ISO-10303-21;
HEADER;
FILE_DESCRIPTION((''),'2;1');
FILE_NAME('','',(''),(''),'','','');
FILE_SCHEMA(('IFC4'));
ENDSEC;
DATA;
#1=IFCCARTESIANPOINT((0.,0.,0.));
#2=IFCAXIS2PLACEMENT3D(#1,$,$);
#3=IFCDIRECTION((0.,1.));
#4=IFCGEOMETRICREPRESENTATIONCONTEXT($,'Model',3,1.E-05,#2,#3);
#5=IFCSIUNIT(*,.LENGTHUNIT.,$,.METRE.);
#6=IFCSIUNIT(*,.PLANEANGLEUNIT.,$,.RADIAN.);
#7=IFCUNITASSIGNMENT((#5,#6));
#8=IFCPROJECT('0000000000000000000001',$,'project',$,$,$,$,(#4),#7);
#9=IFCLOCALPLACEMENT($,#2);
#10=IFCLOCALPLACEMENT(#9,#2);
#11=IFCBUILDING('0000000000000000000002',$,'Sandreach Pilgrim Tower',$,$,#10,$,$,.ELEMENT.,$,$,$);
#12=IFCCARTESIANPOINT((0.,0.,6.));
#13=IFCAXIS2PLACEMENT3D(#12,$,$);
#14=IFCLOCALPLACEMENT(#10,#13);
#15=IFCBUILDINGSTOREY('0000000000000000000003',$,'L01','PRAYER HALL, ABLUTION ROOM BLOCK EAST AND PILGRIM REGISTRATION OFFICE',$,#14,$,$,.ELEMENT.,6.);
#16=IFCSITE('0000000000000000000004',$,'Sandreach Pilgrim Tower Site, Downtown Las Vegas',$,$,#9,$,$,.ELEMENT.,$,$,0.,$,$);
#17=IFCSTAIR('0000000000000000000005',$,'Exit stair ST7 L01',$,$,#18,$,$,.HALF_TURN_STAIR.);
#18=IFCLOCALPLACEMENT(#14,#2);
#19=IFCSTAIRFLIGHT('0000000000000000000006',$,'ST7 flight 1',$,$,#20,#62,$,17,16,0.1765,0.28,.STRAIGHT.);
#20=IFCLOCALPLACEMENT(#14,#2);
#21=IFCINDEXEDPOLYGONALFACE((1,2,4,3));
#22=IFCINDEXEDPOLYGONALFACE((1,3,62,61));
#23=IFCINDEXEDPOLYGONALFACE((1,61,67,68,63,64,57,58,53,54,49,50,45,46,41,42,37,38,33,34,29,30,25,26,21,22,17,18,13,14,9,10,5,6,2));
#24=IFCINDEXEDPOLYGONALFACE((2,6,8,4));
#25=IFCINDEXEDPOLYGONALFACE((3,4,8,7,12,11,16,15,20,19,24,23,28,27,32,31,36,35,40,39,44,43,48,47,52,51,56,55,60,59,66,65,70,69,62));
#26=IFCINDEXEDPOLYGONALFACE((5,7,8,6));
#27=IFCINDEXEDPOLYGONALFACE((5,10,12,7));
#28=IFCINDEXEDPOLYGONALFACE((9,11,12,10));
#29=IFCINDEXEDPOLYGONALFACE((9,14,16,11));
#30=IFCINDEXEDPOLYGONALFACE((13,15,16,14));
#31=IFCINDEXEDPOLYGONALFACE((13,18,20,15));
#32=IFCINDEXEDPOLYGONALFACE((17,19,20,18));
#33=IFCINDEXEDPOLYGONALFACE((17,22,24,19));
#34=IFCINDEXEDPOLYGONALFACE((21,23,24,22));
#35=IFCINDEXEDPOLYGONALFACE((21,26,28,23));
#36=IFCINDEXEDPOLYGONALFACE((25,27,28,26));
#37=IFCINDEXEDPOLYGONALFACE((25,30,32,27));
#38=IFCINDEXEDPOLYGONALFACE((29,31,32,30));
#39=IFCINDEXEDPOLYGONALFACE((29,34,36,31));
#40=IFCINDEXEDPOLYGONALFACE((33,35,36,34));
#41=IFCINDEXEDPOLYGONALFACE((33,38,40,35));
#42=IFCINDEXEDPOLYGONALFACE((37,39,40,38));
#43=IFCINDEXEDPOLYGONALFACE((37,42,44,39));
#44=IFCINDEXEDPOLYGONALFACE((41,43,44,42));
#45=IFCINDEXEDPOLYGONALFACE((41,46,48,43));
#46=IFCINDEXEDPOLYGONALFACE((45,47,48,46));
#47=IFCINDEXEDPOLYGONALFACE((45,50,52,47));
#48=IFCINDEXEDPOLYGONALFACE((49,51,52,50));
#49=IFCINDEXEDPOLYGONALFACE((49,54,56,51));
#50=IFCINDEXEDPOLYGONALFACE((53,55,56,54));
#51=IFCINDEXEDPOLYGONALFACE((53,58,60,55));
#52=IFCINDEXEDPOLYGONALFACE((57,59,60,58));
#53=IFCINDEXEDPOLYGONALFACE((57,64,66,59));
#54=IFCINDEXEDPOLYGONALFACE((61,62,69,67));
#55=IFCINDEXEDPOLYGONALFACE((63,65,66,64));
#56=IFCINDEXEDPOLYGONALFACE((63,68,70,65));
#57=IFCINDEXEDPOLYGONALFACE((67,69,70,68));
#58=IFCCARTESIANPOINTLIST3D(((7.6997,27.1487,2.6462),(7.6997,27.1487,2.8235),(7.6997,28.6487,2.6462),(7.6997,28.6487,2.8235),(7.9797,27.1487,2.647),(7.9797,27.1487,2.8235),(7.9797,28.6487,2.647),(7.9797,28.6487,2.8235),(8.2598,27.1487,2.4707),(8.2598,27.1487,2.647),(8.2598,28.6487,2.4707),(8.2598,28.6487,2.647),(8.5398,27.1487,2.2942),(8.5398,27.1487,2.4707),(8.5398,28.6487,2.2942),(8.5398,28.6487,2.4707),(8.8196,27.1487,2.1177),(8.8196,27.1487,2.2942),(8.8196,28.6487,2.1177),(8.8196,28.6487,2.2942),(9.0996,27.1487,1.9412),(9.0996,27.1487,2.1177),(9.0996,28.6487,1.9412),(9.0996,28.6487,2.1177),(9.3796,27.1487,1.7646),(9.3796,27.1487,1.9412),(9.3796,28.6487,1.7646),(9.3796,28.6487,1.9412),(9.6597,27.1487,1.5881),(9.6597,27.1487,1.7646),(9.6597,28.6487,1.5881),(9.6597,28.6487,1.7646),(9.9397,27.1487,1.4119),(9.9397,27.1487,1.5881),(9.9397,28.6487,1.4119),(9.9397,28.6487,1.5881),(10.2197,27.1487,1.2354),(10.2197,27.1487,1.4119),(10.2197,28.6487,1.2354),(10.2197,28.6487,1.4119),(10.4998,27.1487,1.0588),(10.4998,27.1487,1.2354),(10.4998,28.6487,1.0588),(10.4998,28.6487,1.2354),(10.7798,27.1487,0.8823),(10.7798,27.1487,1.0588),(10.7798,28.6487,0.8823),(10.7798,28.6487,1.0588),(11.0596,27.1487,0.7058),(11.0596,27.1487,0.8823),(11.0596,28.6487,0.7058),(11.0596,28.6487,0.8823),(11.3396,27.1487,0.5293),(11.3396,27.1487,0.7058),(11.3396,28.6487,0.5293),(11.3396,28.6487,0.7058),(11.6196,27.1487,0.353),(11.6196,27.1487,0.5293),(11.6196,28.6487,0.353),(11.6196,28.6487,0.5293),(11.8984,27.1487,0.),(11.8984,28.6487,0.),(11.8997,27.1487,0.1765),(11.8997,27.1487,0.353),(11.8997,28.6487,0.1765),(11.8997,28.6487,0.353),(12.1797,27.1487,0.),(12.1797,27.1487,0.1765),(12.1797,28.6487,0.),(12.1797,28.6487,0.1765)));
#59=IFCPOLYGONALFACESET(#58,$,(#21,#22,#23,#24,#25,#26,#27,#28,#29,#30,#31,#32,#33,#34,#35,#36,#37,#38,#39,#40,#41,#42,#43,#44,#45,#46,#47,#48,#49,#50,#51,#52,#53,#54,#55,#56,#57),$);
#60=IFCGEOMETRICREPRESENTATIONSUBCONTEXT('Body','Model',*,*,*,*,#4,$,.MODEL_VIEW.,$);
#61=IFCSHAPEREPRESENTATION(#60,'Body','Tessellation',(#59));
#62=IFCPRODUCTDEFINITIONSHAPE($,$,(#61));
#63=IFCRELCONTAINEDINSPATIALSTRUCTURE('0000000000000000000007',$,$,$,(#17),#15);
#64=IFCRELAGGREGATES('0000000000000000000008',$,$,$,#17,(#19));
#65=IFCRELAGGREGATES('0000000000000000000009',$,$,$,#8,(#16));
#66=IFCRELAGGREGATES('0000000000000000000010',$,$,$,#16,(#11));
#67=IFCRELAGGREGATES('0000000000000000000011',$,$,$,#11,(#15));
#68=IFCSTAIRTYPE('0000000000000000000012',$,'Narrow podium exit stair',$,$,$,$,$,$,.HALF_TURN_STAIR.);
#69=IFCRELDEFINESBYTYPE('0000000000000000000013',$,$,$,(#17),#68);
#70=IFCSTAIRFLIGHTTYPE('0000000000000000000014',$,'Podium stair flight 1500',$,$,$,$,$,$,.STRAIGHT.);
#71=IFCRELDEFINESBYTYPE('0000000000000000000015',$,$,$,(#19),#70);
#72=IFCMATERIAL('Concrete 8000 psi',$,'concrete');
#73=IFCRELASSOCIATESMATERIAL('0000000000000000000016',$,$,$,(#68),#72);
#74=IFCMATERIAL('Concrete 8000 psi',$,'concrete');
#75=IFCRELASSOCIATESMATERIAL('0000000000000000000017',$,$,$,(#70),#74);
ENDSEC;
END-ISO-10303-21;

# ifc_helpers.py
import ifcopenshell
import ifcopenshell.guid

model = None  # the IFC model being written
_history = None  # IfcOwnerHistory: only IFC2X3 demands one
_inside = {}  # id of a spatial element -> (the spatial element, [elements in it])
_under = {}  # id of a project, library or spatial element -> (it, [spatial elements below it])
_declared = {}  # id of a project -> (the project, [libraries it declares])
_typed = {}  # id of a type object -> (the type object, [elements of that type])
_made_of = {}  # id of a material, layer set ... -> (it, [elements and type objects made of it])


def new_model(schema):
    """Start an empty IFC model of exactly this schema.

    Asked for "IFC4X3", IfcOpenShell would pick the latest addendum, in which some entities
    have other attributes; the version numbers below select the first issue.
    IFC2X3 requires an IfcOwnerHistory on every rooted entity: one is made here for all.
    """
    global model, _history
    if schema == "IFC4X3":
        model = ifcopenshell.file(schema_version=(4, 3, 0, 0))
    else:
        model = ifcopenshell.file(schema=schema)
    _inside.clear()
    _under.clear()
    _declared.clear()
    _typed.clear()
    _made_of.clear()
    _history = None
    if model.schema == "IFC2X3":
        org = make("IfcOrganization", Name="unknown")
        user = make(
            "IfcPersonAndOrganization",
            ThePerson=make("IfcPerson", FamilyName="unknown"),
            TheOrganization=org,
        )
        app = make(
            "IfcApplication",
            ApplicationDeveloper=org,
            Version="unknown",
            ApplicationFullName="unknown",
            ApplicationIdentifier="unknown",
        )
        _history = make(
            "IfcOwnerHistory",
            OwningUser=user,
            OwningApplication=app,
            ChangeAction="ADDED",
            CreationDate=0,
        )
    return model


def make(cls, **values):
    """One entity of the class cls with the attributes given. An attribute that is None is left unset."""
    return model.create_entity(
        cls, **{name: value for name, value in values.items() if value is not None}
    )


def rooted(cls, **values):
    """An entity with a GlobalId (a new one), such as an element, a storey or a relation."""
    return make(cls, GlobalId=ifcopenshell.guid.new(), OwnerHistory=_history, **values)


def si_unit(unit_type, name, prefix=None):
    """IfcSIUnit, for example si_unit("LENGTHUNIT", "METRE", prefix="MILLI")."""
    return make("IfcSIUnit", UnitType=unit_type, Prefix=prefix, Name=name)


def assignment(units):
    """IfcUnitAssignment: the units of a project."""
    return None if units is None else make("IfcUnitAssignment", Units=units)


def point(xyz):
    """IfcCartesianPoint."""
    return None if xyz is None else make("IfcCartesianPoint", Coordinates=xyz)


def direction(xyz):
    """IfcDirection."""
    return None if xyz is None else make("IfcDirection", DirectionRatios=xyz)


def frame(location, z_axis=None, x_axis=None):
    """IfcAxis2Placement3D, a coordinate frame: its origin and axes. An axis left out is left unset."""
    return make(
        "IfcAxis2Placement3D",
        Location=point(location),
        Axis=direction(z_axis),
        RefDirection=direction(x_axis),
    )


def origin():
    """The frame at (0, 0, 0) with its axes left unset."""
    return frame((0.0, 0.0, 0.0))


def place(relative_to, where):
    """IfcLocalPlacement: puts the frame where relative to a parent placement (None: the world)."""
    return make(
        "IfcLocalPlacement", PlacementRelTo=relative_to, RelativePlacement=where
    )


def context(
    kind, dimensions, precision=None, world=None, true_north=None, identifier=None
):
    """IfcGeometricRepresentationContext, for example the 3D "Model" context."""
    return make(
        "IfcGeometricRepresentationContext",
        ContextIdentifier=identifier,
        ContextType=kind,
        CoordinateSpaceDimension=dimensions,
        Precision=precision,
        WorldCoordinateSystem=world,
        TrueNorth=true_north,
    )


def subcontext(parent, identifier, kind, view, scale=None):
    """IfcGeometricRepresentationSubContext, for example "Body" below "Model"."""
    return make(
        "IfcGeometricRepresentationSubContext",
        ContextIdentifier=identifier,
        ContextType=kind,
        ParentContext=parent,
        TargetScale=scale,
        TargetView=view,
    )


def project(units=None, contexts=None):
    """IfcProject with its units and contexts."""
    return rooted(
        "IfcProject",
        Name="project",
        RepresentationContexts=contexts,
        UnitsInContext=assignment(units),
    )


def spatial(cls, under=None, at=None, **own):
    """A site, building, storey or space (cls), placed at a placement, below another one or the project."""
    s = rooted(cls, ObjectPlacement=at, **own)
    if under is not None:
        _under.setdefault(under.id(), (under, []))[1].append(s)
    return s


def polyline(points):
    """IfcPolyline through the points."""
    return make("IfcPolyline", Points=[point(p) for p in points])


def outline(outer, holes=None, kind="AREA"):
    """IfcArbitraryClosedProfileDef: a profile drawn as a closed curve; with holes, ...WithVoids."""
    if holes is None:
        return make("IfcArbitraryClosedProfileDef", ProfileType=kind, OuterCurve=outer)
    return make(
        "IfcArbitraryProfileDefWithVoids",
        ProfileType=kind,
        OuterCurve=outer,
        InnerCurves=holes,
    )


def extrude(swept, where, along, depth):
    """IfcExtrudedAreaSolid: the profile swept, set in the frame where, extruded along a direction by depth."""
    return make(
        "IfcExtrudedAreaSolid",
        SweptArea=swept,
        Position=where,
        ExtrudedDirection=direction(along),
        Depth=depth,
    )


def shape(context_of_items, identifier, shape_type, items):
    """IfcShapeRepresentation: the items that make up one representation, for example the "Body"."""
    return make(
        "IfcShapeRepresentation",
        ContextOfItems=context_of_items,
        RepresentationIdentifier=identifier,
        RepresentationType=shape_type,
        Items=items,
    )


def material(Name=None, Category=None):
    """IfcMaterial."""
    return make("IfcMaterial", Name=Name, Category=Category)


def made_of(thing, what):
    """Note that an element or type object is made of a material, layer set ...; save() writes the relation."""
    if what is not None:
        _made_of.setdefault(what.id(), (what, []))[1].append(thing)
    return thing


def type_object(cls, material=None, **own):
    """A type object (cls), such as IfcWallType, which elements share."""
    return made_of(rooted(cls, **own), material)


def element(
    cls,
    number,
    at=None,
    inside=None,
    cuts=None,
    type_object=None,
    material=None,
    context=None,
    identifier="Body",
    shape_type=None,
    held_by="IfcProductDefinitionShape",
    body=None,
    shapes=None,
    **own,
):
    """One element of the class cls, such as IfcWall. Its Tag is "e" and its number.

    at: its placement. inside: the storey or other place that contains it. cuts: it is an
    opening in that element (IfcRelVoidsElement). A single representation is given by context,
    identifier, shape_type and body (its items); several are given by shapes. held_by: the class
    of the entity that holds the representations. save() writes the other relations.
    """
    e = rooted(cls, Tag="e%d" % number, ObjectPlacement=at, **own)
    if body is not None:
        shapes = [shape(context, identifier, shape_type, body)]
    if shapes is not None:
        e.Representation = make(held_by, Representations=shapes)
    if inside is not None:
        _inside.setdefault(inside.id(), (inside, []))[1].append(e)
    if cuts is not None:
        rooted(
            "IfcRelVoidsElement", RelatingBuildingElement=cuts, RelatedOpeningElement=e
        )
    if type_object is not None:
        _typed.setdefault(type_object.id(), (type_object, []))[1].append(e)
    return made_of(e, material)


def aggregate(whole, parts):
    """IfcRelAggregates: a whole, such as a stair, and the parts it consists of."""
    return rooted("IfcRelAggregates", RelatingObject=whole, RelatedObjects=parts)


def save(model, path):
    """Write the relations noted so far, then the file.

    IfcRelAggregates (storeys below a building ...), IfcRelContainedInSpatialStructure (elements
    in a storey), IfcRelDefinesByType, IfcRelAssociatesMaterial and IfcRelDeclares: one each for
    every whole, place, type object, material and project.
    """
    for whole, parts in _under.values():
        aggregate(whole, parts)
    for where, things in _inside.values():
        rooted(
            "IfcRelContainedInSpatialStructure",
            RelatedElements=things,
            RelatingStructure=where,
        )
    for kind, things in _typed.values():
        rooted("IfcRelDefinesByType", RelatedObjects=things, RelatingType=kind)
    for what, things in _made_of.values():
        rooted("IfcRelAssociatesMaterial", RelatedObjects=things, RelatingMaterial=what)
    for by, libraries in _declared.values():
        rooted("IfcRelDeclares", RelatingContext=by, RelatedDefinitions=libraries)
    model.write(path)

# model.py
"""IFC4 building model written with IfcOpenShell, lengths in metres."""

from ifc_helpers import new_model, si_unit, direction, frame, origin, place, context, subcontext, project, spatial, polyline, outline, extrude, material, type_object, element, aggregate, save


model = new_model("IFC4")

# Units and contexts
model_context = context("Model", 3, precision=1e-05, world=origin(), true_north=direction((0.0, 1.0)))
body_context = subcontext(model_context, "Body", "Model", "MODEL_VIEW")
ifc_project = project(units=[si_unit("LENGTHUNIT", "METRE"), si_unit("PLANEANGLEUNIT", "RADIAN")], contexts=[model_context])

# Site, building, storey
site_placement = place(None, origin())
site = spatial("IfcSite", under=ifc_project, at=site_placement, Name="Sandreach Pilgrim Tower Site, Downtown Las Vegas", CompositionType="ELEMENT", RefElevation=0.0)
building_placement = place(site_placement, origin())
building = spatial("IfcBuilding", under=site, at=building_placement, Name="Sandreach Pilgrim Tower", CompositionType="ELEMENT")
storey_placement = place(building_placement, frame((0.0, 0.0, 6.0)))
storey = spatial("IfcBuildingStorey", under=building, at=storey_placement, Name="L01", Description="PRAYER HALL, ABLUTION ROOM BLOCK EAST AND PILGRIM REGISTRATION OFFICE", CompositionType="ELEMENT", Elevation=6.0)

# Stair, stair flight
ifc_material_1 = material(Name="Concrete 8000 psi", Category="concrete")
stair_type = type_object("IfcStairType", Name="Narrow podium exit stair", PredefinedType="HALF_TURN_STAIR", material=ifc_material_1)
stair_placement = place(storey_placement, origin())
stair = element("IfcStair", 1, at=stair_placement, inside=storey, type_object=stair_type, Name="Exit stair ST7 L01", PredefinedType="HALF_TURN_STAIR")
ifc_material_2 = material(Name="Concrete 8000 psi", Category="concrete")
stair_flight_type = type_object("IfcStairFlightType", Name="Podium stair flight 1500", PredefinedType="STRAIGHT", material=ifc_material_2)
stair_flight_placement = place(storey_placement, frame((12.1797, 27.8987, 0.0), z_axis=(0.0, 0.0, 1.0), x_axis=(-1.0, 0.0, 0.0)))
stair_flight = element("IfcStairFlight", 2, at=stair_flight_placement, type_object=stair_flight_type, Name="ST7 flight 1", NumberOfRisers=17, NumberOfTreads=16, PredefinedType="STRAIGHT", RiserHeight=0.1765, TreadLength=0.28, context=body_context, shape_type="SweptSolid", body=[
    extrude(outline(polyline([(0.0, 0.0), (0.0, 0.1765), (0.28, 0.1765), (0.28, 0.353), (0.5601, 0.353), (0.5601, 0.5293), (0.8401, 0.5293), (0.8401, 0.7058), (1.1201, 0.7058), (1.1201, 0.8823), (1.3999, 0.8823), (1.3999, 1.0588), (1.6799, 1.0588), (1.6799, 1.2354), (1.96, 1.2354), (1.96, 1.4119), (2.24, 1.4119), (2.24, 1.5881), (2.52, 1.5881), (2.52, 1.7646), (2.8, 1.7646), (2.8, 1.9412), (3.0801, 1.9412), (3.0801, 2.1177), (3.3601, 2.1177), (3.3601, 2.2942), (3.6399, 2.2942), (3.6399, 2.4707), (3.9199, 2.4707), (3.9199, 2.647), (4.2, 2.647), (4.2, 2.8235), (4.48, 2.8235), (4.48, 3.0), (4.48, 2.6462), (0.2812, 0.0), (0.0, 0.0)])), frame((0.0, 0.75, 0.0), z_axis=(0.0, -1.0, 0.0), x_axis=(1.0, 0.0, 0.0)), (0.0, 0.0, 1.0), 1.5),
])
aggregate(stair, [stair_flight])

save(model, "model.ifc")
